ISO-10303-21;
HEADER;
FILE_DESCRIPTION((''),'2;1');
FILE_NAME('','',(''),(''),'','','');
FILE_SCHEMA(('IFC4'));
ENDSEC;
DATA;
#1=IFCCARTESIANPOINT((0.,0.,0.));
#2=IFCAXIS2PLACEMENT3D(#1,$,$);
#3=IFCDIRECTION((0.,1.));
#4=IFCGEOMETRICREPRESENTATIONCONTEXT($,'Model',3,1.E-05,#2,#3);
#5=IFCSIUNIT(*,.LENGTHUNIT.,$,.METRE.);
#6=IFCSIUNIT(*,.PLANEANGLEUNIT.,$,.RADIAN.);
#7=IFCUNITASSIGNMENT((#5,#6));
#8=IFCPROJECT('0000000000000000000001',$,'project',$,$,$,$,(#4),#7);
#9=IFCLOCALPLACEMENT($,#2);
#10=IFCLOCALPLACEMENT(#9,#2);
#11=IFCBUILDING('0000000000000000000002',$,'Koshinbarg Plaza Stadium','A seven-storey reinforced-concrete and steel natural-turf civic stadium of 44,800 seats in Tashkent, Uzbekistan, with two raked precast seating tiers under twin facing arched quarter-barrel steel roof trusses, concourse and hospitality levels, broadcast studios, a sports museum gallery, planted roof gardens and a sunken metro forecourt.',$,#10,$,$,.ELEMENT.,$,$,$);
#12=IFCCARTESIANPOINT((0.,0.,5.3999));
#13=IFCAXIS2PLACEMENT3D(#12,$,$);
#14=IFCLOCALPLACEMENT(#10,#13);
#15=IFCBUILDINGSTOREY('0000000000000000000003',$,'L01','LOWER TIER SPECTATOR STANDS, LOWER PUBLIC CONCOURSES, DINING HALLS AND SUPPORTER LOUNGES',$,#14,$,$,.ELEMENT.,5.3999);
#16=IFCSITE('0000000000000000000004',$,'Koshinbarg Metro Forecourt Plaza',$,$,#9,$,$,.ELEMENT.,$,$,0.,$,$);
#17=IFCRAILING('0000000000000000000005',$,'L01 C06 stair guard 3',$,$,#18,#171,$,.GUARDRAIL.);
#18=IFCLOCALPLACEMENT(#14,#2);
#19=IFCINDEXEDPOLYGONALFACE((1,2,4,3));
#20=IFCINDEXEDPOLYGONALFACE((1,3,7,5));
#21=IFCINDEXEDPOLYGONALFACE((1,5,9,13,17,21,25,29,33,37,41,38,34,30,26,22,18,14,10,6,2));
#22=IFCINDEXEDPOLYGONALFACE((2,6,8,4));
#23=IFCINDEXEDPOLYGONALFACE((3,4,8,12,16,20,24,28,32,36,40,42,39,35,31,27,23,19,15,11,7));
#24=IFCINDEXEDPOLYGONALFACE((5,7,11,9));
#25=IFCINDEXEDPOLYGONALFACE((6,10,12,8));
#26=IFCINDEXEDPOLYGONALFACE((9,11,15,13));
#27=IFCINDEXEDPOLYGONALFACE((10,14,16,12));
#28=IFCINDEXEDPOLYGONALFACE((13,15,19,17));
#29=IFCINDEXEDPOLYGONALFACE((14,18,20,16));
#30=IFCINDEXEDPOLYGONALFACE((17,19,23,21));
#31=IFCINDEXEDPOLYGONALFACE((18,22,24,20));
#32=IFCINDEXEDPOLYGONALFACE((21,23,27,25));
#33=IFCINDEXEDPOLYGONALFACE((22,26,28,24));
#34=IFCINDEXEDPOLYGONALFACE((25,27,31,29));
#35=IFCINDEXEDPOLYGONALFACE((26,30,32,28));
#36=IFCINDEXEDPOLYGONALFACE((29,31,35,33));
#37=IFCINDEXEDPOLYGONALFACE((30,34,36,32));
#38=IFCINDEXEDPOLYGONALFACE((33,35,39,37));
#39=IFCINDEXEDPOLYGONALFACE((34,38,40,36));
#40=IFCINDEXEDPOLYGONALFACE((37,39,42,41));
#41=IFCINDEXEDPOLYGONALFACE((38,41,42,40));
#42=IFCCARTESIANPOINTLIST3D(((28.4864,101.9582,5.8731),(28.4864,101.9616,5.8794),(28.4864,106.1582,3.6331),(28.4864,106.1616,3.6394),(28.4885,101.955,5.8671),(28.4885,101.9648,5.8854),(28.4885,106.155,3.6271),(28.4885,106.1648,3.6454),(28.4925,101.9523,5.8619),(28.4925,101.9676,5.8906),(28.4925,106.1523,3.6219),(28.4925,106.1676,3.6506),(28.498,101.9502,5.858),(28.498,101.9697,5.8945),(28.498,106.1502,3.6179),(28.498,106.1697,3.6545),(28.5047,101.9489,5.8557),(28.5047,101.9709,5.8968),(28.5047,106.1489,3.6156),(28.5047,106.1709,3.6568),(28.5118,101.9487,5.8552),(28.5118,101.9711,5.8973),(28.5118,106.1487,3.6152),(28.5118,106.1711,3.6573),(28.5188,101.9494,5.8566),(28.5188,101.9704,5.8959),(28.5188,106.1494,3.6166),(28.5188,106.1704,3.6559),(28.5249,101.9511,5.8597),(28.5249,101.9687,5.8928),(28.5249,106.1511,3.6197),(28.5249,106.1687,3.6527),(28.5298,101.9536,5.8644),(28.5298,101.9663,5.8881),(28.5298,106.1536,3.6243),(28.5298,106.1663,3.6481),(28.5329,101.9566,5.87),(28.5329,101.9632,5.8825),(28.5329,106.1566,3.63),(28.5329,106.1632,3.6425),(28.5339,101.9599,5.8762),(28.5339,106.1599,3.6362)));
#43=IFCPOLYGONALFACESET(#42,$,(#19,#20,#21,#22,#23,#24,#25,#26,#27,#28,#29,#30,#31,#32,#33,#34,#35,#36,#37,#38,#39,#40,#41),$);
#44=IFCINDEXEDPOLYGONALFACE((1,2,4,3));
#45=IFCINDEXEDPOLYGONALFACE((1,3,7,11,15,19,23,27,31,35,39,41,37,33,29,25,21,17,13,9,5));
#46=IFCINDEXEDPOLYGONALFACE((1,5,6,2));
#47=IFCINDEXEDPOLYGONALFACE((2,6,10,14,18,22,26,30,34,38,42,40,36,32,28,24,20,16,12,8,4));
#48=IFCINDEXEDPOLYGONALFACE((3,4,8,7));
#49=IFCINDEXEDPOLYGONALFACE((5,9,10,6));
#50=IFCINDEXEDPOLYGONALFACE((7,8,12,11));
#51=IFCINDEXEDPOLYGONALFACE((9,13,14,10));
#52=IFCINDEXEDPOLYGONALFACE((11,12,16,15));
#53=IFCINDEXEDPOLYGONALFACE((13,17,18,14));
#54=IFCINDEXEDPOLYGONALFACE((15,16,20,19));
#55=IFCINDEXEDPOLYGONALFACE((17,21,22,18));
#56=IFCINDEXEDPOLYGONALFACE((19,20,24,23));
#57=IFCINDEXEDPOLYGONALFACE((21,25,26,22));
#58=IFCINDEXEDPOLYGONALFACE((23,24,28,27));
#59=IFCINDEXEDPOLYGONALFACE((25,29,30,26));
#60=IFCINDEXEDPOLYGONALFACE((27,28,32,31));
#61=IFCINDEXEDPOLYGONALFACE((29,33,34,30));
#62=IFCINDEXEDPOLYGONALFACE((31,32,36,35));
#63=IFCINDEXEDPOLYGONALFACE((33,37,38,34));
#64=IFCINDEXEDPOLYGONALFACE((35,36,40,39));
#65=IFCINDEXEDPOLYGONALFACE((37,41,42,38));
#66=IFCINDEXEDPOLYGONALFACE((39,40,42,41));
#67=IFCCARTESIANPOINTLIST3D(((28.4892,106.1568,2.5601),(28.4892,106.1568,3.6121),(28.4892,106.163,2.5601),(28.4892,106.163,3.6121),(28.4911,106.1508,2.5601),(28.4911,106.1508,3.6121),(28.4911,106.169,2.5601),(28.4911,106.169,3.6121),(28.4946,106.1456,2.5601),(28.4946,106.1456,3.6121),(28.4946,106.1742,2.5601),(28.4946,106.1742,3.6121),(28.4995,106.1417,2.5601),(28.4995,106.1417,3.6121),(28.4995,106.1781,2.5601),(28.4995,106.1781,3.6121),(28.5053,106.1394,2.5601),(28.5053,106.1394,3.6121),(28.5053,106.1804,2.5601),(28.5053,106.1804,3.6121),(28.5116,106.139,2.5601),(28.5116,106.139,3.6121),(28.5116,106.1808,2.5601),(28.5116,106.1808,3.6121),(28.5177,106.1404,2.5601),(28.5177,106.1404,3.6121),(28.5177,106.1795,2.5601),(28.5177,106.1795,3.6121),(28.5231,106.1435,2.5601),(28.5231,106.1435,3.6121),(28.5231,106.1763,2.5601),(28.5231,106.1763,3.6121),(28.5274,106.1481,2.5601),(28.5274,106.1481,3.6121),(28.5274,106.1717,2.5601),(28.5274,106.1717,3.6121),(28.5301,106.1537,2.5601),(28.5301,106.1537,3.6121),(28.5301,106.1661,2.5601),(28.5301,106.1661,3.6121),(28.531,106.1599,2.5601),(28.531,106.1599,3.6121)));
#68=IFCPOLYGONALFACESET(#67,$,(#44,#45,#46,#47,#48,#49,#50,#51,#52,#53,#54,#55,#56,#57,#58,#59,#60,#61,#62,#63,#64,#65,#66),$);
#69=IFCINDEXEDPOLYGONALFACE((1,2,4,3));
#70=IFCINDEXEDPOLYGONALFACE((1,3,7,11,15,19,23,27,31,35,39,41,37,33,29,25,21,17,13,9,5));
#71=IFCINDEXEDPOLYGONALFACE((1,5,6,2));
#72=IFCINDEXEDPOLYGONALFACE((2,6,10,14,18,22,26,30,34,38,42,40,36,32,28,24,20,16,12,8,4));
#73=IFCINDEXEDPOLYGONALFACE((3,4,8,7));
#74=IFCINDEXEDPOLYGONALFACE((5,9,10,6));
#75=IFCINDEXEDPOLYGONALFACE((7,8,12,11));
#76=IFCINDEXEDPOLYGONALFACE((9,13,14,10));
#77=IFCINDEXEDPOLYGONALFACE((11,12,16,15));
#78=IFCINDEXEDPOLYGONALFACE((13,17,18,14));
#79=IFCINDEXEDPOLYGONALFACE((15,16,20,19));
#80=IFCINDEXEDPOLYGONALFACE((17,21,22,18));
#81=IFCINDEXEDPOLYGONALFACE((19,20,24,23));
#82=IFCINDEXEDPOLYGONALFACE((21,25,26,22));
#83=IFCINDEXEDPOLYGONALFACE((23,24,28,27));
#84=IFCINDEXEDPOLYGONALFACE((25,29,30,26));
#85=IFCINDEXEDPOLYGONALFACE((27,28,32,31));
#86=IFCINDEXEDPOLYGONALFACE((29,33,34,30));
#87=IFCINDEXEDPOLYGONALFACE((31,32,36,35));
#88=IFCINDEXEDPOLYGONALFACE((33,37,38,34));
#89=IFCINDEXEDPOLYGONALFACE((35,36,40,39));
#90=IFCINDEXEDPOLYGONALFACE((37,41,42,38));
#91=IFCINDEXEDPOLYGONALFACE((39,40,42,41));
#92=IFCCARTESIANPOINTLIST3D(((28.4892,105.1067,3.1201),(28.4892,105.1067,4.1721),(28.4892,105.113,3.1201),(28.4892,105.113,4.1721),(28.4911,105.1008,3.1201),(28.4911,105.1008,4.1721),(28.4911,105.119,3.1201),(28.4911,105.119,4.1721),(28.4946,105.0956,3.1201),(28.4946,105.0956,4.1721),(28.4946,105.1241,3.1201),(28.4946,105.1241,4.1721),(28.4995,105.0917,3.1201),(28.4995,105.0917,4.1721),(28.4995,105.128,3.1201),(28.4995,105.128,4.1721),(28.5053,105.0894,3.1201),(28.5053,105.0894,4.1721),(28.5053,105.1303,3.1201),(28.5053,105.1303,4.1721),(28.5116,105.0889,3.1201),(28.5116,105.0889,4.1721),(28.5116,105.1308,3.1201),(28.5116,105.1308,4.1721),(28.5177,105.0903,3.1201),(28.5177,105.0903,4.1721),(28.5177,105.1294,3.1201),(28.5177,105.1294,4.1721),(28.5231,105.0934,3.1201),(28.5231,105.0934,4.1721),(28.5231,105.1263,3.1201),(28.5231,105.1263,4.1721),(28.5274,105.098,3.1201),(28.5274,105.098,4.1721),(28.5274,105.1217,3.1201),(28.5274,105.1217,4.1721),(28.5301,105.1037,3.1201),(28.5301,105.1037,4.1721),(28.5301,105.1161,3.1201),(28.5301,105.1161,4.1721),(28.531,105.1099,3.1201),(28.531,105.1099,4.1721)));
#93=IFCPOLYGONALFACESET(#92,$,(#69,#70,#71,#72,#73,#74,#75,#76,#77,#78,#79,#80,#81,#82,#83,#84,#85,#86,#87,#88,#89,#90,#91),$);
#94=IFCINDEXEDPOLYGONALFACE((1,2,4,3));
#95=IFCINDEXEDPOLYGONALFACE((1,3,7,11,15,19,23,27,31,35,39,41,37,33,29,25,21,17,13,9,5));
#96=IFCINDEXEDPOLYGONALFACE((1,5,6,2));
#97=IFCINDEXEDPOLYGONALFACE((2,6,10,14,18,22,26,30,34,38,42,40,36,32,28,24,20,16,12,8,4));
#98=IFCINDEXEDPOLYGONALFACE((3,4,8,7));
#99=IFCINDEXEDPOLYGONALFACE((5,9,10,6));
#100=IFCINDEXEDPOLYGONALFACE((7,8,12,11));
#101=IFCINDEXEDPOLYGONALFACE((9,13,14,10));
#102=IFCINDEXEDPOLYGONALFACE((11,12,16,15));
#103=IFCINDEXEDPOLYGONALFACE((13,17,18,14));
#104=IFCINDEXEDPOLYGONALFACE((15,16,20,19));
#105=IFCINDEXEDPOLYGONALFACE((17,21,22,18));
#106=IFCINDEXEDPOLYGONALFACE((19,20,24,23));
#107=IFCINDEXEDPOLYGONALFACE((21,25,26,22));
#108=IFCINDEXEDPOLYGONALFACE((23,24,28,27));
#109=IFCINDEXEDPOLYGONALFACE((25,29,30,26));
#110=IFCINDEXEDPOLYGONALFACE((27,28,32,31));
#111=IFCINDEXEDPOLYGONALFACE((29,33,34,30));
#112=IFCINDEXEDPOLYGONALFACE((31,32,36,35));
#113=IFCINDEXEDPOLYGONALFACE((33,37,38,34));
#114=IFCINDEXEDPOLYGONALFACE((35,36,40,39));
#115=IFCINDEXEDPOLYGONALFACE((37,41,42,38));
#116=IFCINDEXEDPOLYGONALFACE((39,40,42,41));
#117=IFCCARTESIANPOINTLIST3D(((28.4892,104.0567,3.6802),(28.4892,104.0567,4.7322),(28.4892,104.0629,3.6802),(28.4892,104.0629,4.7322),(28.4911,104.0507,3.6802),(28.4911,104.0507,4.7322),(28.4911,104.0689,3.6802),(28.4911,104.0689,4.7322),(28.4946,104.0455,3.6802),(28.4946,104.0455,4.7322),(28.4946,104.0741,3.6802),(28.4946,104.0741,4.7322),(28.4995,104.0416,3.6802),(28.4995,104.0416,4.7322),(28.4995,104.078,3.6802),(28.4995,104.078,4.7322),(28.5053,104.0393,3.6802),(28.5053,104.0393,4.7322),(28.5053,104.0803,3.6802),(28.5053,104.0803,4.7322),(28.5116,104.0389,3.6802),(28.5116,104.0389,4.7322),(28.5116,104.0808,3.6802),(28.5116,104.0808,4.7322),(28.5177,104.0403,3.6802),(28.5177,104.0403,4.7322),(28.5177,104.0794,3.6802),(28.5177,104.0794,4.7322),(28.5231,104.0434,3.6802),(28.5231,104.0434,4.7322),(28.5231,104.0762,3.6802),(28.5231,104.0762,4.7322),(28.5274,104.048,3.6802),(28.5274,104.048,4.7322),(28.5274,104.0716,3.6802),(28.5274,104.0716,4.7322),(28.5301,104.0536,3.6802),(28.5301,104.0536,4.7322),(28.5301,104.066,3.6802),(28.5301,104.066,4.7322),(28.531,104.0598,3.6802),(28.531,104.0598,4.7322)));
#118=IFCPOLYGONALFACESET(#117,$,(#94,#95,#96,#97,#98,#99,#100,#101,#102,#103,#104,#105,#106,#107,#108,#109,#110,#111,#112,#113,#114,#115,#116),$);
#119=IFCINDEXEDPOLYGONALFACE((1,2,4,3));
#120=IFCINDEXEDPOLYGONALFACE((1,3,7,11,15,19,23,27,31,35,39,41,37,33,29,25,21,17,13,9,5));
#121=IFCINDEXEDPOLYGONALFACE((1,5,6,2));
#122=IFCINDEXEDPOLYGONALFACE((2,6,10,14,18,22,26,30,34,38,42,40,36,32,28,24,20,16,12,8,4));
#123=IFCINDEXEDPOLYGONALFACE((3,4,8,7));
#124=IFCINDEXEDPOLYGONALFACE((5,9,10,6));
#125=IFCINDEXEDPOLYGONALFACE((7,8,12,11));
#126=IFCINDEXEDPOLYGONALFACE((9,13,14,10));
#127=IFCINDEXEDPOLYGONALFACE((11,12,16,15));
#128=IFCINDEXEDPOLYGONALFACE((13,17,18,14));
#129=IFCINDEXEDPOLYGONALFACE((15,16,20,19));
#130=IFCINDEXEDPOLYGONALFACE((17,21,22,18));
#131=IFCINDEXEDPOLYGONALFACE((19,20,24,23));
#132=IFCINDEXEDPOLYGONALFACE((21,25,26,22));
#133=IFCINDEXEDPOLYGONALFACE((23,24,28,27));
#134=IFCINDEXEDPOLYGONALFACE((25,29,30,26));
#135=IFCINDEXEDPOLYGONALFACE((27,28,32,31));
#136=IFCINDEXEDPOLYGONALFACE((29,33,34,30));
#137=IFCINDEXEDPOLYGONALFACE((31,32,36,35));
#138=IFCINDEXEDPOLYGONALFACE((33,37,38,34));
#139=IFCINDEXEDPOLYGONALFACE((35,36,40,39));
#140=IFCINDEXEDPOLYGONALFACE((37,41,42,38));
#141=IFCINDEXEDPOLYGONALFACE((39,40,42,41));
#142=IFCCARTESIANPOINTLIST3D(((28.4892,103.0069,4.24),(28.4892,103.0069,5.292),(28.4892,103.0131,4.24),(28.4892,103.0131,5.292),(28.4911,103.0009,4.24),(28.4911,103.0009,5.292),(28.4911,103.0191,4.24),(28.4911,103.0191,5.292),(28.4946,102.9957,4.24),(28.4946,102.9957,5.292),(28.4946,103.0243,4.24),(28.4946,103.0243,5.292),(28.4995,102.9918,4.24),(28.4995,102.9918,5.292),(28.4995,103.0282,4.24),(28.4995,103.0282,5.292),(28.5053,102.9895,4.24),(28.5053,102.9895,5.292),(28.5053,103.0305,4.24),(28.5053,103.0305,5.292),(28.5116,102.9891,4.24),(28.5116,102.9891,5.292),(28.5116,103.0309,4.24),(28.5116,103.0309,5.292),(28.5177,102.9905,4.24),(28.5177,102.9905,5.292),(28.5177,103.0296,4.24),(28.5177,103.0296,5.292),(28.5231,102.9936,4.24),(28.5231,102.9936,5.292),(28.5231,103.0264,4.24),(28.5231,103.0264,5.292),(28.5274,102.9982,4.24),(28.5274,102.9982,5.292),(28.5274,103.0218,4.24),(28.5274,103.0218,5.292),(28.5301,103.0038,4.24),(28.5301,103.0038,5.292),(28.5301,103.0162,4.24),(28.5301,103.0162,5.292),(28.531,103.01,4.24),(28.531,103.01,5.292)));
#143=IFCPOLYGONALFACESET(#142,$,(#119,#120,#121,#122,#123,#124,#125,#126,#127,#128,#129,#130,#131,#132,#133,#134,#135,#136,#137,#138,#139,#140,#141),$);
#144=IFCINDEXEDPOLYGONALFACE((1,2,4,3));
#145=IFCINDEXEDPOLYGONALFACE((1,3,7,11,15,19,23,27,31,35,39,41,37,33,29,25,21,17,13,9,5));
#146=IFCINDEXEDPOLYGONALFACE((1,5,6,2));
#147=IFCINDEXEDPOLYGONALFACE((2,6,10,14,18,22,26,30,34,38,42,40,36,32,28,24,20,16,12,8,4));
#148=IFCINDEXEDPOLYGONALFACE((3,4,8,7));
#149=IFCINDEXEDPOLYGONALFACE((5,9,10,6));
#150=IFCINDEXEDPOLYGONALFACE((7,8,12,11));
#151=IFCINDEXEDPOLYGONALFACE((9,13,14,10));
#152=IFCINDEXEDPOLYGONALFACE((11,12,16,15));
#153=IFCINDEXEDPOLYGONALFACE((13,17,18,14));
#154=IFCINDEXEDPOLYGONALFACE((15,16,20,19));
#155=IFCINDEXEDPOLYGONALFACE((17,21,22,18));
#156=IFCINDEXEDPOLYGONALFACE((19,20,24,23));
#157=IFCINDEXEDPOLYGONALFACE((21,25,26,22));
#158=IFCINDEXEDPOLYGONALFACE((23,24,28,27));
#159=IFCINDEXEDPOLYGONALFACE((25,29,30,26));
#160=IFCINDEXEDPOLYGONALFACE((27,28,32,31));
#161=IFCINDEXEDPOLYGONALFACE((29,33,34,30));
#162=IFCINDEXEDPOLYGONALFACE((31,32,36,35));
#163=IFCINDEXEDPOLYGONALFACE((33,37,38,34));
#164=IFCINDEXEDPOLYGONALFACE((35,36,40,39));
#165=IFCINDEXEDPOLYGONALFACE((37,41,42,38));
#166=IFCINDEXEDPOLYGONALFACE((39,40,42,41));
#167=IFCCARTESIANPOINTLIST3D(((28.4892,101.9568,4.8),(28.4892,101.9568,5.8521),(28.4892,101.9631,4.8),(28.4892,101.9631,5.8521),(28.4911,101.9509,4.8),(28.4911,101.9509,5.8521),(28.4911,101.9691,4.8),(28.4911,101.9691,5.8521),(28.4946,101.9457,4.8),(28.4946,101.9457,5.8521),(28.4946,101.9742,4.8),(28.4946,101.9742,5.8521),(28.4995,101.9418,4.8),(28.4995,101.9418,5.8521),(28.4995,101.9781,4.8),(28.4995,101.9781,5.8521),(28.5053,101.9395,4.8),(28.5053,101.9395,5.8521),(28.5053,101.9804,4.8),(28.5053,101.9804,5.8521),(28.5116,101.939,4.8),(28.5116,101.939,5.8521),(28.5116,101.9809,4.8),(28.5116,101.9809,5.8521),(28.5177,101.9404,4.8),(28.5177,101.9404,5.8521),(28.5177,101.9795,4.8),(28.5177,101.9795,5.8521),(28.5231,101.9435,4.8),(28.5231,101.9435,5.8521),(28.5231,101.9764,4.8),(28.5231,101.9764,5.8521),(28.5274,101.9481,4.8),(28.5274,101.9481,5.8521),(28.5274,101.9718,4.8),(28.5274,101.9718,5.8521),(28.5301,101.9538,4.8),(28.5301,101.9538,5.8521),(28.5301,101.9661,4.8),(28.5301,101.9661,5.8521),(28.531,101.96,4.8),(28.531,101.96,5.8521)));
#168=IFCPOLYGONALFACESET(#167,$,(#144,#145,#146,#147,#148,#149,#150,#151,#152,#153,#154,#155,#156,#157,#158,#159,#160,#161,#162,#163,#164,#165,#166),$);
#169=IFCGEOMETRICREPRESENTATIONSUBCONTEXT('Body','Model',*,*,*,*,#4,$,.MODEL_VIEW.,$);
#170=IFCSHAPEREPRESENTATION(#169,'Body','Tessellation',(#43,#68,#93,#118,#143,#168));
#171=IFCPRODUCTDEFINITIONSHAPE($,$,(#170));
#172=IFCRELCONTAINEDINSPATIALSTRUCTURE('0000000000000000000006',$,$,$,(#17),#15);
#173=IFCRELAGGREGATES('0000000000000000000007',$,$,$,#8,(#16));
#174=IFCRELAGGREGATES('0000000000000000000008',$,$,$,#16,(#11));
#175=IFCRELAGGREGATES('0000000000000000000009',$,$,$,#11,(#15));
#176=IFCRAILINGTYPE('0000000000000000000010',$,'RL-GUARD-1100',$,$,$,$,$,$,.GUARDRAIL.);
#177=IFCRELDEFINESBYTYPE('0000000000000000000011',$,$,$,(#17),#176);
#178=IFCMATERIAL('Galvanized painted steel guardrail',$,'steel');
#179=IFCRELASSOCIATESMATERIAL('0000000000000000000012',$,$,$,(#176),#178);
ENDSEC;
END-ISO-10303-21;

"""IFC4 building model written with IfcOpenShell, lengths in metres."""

from ifc_helpers import new_model, si_unit, direction, frame, origin, origin_2d, place, context, subcontext, project, spatial, circle, extrude, material, type_object, element, save


model = new_model("IFC4")

# Units and contexts
model_context = context("Model", 3, precision=1e-05, world=origin(), true_north=direction((0.0, 1.0)))
body_context = subcontext(model_context, "Body", "Model", "MODEL_VIEW")
ifc_project = project(units=[si_unit("LENGTHUNIT", "METRE"), si_unit("PLANEANGLEUNIT", "RADIAN")], contexts=[model_context])

# Site, building, storey
site_placement = place(None, origin())
site = spatial("IfcSite", under=ifc_project, at=site_placement, Name="Koshinbarg Metro Forecourt Plaza", CompositionType="ELEMENT", RefElevation=0.0)
building_placement = place(site_placement, origin())
building = spatial("IfcBuilding", under=site, at=building_placement, Name="Koshinbarg Plaza Stadium", Description="A seven-storey reinforced-concrete and steel natural-turf civic stadium of 44,800 seats in Tashkent, Uzbekistan, with two raked precast seating tiers under twin facing arched quarter-barrel steel roof trusses, concourse and hospitality levels, broadcast studios, a sports museum gallery, planted roof gardens and a sunken metro forecourt.", CompositionType="ELEMENT")
storey_placement = place(building_placement, frame((0.0, 0.0, 5.3999)))
storey = spatial("IfcBuildingStorey", under=building, at=storey_placement, Name="L01", Description="LOWER TIER SPECTATOR STANDS, LOWER PUBLIC CONCOURSES, DINING HALLS AND SUPPORTER LOUNGES", CompositionType="ELEMENT", Elevation=5.3999)

# Railing
ifc_material_1 = material(Name="Galvanized painted steel guardrail", Category="steel")
railing_type_1 = type_object("IfcRailingType", Name="RL-GUARD-1100", PredefinedType="GUARDRAIL", material=ifc_material_1)
railing_1_placement = place(storey_placement, frame((28.51, 106.1599, 2.5601)))
element("IfcRailing", 1, at=railing_1_placement, inside=storey, type_object=railing_type_1, Name="L01 C06 stair guard 3", PredefinedType="GUARDRAIL", context=body_context, shape_type="SweptSolid", body=[
    extrude(circle(Radius=0.0239, at=origin_2d()), frame((0.0, 0.0, 1.0762), z_axis=(0.0, -0.882352, 0.470591), x_axis=(1.0, 0.0, 0.0)), (0.0, 0.0, 1.0), 4.76),
    extrude(circle(Radius=0.021, at=origin_2d()), origin(), (0.0, 0.0, 1.0), 1.052),
    extrude(circle(Radius=0.021, at=origin_2d()), frame((0.0, -1.05, 0.5601)), (0.0, 0.0, 1.0), 1.052),
    extrude(circle(Radius=0.021, at=origin_2d()), frame((0.0, -2.1001, 1.1201)), (0.0, 0.0, 1.0), 1.052),
    extrude(circle(Radius=0.021, at=origin_2d()), frame((0.0, -3.1499, 1.6799)), (0.0, 0.0, 1.0), 1.052),
    extrude(circle(Radius=0.021, at=origin_2d()), frame((0.0, -4.2, 2.24)), (0.0, 0.0, 1.0), 1.052),
])

save(model, "model.ifc")
